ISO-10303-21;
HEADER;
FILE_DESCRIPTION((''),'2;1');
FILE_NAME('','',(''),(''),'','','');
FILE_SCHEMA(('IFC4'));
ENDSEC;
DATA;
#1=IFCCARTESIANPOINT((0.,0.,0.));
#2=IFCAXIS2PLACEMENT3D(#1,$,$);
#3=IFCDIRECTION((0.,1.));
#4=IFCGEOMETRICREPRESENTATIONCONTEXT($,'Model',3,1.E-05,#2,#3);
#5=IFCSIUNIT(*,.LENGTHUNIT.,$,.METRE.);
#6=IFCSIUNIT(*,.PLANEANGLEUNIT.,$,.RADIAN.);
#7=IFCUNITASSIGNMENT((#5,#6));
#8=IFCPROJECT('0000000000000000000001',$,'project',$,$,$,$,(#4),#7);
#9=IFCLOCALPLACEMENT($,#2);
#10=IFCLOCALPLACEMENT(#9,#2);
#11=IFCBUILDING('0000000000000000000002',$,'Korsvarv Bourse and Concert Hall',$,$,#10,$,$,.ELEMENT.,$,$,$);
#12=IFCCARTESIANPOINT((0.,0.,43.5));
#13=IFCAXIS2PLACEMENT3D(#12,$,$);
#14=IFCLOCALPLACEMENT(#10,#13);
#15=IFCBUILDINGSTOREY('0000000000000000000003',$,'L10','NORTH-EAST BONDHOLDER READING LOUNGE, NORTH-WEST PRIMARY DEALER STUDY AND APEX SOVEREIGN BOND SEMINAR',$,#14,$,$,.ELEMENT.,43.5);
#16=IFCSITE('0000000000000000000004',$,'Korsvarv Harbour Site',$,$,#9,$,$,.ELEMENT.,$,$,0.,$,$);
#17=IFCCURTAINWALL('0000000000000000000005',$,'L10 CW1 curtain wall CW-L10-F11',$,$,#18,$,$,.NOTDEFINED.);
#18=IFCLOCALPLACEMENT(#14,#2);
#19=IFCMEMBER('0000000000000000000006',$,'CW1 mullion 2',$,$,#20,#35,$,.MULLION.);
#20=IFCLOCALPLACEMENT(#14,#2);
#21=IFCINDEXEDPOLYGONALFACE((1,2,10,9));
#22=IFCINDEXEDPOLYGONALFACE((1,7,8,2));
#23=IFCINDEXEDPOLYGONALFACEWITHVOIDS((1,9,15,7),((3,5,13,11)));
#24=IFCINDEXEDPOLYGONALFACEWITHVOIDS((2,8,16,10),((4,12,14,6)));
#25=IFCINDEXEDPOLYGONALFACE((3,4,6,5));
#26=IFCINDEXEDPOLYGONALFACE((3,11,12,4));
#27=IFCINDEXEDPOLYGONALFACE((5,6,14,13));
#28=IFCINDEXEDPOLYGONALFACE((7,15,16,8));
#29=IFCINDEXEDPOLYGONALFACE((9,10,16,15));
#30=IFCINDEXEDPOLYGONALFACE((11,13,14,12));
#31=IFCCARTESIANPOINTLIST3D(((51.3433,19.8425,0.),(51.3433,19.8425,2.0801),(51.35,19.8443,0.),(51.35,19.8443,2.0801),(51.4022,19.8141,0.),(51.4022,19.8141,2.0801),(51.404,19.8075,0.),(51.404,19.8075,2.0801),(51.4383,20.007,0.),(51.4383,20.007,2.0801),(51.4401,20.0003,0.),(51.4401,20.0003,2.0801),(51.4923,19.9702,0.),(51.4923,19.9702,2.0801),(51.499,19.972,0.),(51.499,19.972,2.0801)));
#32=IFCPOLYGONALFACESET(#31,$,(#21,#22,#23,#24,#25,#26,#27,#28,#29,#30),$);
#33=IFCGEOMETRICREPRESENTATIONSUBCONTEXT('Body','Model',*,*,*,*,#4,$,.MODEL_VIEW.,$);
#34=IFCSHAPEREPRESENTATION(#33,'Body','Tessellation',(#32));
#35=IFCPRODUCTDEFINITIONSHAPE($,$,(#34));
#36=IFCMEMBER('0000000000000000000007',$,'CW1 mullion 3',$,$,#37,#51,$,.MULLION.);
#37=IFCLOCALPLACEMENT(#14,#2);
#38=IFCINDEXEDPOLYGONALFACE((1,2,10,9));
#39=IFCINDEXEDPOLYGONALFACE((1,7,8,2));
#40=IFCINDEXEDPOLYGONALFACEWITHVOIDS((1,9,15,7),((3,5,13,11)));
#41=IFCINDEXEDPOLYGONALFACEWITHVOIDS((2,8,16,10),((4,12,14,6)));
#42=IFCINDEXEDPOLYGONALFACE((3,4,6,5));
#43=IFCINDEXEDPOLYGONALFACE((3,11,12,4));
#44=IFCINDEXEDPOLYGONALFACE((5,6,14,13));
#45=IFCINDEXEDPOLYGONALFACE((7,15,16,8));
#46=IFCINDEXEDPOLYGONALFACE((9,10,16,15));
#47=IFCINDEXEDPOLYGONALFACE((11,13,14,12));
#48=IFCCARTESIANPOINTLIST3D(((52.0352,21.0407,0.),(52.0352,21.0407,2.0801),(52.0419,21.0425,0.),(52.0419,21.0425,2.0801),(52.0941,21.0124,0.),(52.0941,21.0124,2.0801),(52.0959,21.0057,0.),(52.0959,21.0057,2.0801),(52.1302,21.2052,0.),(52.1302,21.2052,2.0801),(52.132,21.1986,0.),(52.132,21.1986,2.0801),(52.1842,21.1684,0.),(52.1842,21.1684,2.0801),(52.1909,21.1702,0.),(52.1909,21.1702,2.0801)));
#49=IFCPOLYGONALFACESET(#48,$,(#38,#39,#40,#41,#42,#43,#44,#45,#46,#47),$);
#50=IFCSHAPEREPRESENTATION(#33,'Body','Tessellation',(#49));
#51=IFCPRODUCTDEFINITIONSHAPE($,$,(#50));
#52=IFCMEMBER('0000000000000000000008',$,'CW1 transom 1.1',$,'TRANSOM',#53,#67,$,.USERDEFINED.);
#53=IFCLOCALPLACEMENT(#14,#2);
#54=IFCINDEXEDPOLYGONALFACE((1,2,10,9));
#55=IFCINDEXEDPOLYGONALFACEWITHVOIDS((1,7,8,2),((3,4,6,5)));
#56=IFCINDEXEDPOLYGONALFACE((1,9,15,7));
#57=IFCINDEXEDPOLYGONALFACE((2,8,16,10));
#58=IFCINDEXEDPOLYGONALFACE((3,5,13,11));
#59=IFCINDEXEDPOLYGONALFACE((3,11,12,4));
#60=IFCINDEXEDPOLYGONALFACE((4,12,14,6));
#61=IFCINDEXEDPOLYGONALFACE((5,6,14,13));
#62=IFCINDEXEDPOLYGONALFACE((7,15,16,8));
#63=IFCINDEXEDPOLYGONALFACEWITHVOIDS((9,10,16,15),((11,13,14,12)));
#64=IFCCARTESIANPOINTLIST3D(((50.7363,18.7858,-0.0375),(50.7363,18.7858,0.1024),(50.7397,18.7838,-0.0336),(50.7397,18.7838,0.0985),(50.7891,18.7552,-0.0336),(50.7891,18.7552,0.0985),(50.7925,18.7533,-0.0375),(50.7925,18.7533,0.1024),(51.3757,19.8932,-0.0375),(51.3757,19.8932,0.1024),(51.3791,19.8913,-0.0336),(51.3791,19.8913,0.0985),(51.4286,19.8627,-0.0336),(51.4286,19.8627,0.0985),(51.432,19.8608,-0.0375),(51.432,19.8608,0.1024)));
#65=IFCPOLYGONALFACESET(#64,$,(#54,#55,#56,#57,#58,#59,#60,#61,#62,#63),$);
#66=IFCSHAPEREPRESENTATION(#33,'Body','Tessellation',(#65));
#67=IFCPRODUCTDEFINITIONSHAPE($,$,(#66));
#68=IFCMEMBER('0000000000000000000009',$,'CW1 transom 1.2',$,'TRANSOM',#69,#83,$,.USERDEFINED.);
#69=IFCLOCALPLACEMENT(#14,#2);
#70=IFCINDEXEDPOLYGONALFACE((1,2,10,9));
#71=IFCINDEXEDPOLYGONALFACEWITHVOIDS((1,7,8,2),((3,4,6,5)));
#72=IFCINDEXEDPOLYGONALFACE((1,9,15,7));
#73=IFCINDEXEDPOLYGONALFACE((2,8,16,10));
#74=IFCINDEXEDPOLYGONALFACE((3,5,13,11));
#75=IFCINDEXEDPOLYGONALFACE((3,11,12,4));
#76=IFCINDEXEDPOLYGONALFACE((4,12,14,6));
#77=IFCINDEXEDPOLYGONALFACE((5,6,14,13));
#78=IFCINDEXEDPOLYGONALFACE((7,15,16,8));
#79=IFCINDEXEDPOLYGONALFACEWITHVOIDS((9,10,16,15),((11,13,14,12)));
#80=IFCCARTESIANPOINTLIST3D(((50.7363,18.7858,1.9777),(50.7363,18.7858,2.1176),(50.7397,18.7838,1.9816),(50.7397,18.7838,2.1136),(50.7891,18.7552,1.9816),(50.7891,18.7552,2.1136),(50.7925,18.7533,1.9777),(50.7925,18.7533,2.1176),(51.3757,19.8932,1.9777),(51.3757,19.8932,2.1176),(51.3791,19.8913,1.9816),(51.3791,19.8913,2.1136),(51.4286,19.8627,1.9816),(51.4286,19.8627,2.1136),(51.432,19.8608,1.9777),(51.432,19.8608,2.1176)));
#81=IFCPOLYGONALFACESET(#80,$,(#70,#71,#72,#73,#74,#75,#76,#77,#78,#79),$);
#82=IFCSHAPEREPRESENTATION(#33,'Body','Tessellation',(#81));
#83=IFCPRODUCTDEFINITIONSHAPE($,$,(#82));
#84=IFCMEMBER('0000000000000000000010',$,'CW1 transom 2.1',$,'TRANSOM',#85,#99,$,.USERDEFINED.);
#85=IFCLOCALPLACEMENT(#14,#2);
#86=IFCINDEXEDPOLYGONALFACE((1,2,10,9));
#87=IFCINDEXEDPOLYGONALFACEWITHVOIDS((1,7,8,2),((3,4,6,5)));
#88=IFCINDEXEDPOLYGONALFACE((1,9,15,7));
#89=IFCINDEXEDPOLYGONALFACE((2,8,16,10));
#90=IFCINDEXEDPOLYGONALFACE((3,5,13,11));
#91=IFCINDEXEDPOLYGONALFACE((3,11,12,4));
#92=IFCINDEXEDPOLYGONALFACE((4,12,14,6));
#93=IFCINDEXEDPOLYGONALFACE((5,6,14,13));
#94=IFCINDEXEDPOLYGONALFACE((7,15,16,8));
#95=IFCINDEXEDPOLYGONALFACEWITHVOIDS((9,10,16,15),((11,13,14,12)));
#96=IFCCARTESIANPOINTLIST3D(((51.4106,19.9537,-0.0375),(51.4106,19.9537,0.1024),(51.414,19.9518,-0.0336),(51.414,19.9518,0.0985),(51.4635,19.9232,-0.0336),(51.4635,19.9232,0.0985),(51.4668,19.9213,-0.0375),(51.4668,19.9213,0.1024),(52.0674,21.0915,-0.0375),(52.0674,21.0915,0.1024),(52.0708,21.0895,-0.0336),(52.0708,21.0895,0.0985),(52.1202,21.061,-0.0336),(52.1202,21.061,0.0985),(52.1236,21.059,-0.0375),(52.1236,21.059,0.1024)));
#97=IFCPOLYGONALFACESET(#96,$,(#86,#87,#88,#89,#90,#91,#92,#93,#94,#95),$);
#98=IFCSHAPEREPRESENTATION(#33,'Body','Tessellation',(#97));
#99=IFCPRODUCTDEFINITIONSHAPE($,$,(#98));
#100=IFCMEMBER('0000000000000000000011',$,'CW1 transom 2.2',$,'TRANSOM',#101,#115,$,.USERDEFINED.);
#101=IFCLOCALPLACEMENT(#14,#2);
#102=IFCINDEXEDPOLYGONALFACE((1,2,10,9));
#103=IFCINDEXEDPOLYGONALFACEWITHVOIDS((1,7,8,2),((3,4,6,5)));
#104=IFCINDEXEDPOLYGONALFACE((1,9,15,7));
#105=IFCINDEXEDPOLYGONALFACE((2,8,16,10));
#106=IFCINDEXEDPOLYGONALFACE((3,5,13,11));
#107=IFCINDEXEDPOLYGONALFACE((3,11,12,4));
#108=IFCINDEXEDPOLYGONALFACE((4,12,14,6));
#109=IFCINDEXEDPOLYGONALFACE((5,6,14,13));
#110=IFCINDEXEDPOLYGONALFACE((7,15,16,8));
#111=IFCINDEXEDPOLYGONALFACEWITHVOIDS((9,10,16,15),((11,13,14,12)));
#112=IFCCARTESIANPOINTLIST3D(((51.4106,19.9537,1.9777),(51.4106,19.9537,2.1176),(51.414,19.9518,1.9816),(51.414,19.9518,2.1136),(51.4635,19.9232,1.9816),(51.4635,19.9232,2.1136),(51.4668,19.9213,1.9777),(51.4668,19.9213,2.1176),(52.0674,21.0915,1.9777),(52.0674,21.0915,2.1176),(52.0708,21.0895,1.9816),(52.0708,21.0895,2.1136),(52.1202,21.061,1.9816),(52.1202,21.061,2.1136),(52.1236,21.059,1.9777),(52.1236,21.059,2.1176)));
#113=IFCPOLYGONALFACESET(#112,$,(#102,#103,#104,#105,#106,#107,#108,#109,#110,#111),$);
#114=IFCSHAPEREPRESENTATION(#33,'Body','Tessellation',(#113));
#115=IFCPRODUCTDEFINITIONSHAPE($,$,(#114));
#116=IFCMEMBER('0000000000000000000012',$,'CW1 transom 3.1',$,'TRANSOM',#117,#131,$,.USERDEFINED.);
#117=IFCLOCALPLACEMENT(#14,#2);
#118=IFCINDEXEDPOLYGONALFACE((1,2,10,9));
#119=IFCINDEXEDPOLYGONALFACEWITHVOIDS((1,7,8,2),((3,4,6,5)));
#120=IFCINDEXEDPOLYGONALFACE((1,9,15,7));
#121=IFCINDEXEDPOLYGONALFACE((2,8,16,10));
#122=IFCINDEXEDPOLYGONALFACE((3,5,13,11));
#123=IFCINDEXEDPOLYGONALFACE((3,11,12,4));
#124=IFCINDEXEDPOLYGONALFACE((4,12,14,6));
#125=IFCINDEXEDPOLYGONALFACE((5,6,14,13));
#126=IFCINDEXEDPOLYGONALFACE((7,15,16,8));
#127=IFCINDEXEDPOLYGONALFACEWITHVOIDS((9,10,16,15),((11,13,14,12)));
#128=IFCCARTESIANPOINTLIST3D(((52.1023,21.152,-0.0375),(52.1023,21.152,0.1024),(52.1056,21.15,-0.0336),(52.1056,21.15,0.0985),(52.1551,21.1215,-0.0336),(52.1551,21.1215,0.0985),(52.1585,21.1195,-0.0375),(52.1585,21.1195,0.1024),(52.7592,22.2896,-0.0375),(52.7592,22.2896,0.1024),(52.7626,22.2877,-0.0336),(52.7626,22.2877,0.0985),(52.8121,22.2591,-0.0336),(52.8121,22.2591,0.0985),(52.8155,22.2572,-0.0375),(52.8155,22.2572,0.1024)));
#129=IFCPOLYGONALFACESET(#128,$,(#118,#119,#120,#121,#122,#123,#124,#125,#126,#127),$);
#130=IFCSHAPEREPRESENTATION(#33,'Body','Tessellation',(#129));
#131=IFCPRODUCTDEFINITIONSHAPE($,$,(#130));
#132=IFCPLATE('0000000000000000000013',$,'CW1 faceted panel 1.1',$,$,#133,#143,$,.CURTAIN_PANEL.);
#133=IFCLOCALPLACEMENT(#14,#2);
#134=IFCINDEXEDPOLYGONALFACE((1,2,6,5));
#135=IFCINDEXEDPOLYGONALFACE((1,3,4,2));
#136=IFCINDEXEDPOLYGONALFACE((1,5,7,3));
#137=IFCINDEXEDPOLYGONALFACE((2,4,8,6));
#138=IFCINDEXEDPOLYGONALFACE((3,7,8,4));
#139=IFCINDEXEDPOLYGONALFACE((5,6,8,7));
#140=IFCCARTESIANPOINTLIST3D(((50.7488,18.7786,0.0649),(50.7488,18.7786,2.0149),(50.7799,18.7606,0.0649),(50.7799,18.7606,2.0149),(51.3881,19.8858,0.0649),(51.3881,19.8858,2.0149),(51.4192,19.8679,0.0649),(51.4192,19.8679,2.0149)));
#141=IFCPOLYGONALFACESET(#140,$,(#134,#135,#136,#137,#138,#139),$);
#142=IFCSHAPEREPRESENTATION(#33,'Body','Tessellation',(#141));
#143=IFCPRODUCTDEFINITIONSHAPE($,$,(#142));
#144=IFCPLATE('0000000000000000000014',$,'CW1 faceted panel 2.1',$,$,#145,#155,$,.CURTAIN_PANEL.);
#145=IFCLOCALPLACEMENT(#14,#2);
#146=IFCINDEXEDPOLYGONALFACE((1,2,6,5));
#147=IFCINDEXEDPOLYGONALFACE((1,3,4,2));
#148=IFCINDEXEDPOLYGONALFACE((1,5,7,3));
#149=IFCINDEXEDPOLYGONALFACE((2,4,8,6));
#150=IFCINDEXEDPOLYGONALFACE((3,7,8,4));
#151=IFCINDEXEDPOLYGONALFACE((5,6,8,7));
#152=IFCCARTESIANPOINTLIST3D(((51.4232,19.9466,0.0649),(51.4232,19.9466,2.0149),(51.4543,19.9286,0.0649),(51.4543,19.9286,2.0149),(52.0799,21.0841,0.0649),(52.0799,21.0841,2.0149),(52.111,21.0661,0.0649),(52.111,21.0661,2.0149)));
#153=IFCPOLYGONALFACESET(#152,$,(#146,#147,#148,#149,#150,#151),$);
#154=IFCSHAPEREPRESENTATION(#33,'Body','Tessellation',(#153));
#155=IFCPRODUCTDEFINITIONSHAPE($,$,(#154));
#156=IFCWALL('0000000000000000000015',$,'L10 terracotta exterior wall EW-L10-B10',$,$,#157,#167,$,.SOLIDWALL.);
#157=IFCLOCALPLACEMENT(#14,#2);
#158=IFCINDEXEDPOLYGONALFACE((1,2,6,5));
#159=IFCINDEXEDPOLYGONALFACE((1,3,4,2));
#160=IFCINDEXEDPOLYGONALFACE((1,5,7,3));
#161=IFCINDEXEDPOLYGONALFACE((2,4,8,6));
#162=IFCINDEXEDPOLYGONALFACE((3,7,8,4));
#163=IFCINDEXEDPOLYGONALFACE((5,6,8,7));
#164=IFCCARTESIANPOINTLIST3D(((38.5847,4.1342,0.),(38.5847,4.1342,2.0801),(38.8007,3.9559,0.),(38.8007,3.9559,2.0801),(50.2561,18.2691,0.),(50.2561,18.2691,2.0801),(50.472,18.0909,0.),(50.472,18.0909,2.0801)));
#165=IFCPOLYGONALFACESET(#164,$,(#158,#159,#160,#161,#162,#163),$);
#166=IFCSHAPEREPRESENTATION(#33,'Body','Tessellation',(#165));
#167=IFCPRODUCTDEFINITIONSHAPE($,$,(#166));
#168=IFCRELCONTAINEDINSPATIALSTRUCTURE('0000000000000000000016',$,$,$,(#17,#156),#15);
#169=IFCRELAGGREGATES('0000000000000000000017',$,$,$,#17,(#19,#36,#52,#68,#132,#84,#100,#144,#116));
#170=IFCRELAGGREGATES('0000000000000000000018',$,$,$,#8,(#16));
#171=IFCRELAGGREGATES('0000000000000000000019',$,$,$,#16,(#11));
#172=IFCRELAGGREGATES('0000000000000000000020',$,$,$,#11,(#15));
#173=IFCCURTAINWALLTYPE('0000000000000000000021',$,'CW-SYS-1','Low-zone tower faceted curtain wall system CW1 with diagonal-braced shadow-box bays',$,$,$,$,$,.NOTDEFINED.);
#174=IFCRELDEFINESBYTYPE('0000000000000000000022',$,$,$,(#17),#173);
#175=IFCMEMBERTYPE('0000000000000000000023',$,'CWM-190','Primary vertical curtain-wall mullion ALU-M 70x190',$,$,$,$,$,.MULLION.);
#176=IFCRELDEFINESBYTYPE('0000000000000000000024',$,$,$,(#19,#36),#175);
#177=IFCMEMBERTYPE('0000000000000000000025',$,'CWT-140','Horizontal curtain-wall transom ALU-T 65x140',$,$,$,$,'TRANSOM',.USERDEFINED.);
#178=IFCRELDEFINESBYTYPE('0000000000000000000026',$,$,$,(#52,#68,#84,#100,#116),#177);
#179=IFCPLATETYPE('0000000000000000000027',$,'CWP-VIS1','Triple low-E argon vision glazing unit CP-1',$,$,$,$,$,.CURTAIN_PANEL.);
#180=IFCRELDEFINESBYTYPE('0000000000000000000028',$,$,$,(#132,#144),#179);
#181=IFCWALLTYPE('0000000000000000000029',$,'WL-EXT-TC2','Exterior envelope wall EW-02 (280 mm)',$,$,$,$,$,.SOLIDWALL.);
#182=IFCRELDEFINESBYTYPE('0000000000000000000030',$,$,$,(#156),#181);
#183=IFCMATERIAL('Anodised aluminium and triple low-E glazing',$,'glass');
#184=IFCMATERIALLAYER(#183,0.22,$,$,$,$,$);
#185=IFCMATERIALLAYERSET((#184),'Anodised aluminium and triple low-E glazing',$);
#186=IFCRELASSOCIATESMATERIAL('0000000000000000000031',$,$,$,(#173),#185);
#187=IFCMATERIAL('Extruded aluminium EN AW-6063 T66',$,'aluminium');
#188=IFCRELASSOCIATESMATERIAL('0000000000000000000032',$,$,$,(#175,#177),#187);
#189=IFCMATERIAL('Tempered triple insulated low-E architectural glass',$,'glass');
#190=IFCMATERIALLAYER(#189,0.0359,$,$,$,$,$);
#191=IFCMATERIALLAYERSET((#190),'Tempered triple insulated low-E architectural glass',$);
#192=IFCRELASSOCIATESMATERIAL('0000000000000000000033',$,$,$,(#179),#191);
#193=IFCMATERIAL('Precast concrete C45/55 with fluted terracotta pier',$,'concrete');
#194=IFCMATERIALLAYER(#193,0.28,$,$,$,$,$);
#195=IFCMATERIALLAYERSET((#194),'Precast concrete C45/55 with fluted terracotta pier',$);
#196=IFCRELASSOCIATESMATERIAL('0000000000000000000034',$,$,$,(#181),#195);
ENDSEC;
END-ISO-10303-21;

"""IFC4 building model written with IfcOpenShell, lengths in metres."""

from ifc_helpers import new_model, si_unit, direction, frame, frame_2d, origin, origin_2d, place, context, subcontext, project, spatial, rectangle, hollow_rectangle, extrude, source, transform, mapped, material, layer, layer_set, material_profile, profile_set, type_object, element, aggregate, save


model = new_model("IFC4")

# Units and contexts
model_context = context("Model", 3, precision=1e-05, world=origin(), true_north=direction((0.0, 1.0)))
body_context = subcontext(model_context, "Body", "Model", "MODEL_VIEW")
ifc_project = project(units=[si_unit("LENGTHUNIT", "METRE"), si_unit("PLANEANGLEUNIT", "RADIAN")], contexts=[model_context])

# Site, building, storey
site_placement = place(None, origin())
site = spatial("IfcSite", under=ifc_project, at=site_placement, Name="Korsvarv Harbour Site", CompositionType="ELEMENT", RefElevation=0.0)
building_placement = place(site_placement, origin())
building = spatial("IfcBuilding", under=site, at=building_placement, Name="Korsvarv Bourse and Concert Hall", CompositionType="ELEMENT")
storey_placement = place(building_placement, frame((0.0, 0.0, 43.5)))
storey = spatial("IfcBuildingStorey", under=building, at=storey_placement, Name="L10", Description="NORTH-EAST BONDHOLDER READING LOUNGE, NORTH-WEST PRIMARY DEALER STUDY AND APEX SOVEREIGN BOND SEMINAR", CompositionType="ELEMENT", Elevation=43.5)

# Curtain wall, members, plates
ifc_material_1 = material(Name="Anodised aluminium and triple low-E glazing", Category="glass")
ifc_layer_1 = layer(ifc_material_1, 0.22)
ifc_layer_set_1 = layer_set([ifc_layer_1], Name="Anodised aluminium and triple low-E glazing")
curtain_wall_type = type_object("IfcCurtainWallType", Name="CW-SYS-1", Description="Low-zone tower faceted curtain wall system CW1 with diagonal-braced shadow-box bays", PredefinedType="NOTDEFINED", material=ifc_layer_set_1)
curtain_wall_placement = place(storey_placement, origin())
curtain_wall = element("IfcCurtainWall", 1, at=curtain_wall_placement, inside=storey, type_object=curtain_wall_type, Name="L10 CW1 curtain wall CW-L10-F11", PredefinedType="NOTDEFINED")
ifc_material_2 = material(Name="Extruded aluminium EN AW-6063 T66", Category="aluminium")
ifc_material_profile_1 = material_profile(ifc_material_2, hollow_rectangle(XDim=0.0701, YDim=0.1899, WallThickness=0.0049, at=origin_2d()), Name="ALU-M 70x190")
ifc_profile_set_1 = profile_set([ifc_material_profile_1], Name="Extruded aluminium EN AW-6063 T66")
member_type_1 = type_object("IfcMemberType", Name="CWM-190", Description="Primary vertical curtain-wall mullion ALU-M 70x190", PredefinedType="MULLION", material=ifc_profile_set_1)
shared_shape_1 = source(origin(), body_context, "Body", "SweptSolid", [
    extrude(hollow_rectangle(XDim=0.0701, YDim=0.1899, WallThickness=0.0049, at=origin_2d()), origin(), (0.0, 0.0, 1.0), 2.0801),
])
member_1_placement = place(storey_placement, frame((51.4211, 19.9072, 0.0), z_axis=(0.0, 0.0, 1.0), x_axis=(-0.866026, 0.5, 0.0)))
member_1 = element("IfcMember", 2, at=member_1_placement, type_object=member_type_1, Name="CW1 mullion 2", PredefinedType="MULLION", context=body_context, shape_type="MappedRepresentation", body=[
    mapped(shared_shape_1, transform((0.0, 0.0, 0.0), scale=1.0)),
])
member_2_placement = place(storey_placement, frame((52.113, 21.1055, 0.0), z_axis=(0.0, 0.0, 1.0), x_axis=(-0.866026, 0.5, 0.0)))
member_2 = element("IfcMember", 3, at=member_2_placement, type_object=member_type_1, Name="CW1 mullion 3", PredefinedType="MULLION", context=body_context, shape_type="MappedRepresentation", body=[
    mapped(shared_shape_1, transform((0.0, 0.0, 0.0), scale=1.0)),
])
ifc_material_profile_2 = material_profile(ifc_material_2, hollow_rectangle(XDim=0.0649, YDim=0.1399, WallThickness=0.0039, at=origin_2d()), Name="ALU-T 65x140")
ifc_profile_set_2 = profile_set([ifc_material_profile_2], Name="Extruded aluminium EN AW-6063 T66")
member_type_2 = type_object("IfcMemberType", Name="CWT-140", Description="Horizontal curtain-wall transom ALU-T 65x140", ElementType="TRANSOM", PredefinedType="USERDEFINED", material=ifc_profile_set_2)
shared_shape_2 = source(origin(), body_context, "Body", "SweptSolid", [
    extrude(hollow_rectangle(XDim=0.0649, YDim=0.1399, WallThickness=0.0039, at=origin_2d()), origin(), (0.0, 0.0, 1.0), 1.2788),
])
member_3_placement = place(storey_placement, frame((50.7644, 18.7695, 0.0325), z_axis=(0.50002, 0.866014, 0.0), x_axis=(-0.866014, 0.50002, 0.0)))
member_3 = element("IfcMember", 4, at=member_3_placement, type_object=member_type_2, Name="CW1 transom 1.1", ObjectType="TRANSOM", PredefinedType="USERDEFINED", context=body_context, shape_type="MappedRepresentation", body=[
    mapped(shared_shape_2, transform((0.0, 0.0, 0.0), scale=1.0)),
])
member_4_placement = place(storey_placement, frame((50.7644, 18.7695, 2.0476), z_axis=(0.50002, 0.866014, 0.0), x_axis=(-0.866014, 0.50002, 0.0)))
member_4 = element("IfcMember", 5, at=member_4_placement, type_object=member_type_2, Name="CW1 transom 1.2", ObjectType="TRANSOM", PredefinedType="USERDEFINED", context=body_context, shape_type="MappedRepresentation", body=[
    mapped(shared_shape_2, transform((0.0, 0.0, 0.0), scale=1.0)),
])
shared_shape_3 = source(origin(), body_context, "Body", "SweptSolid", [
    extrude(hollow_rectangle(XDim=0.0649, YDim=0.1399, WallThickness=0.0039, at=origin_2d()), origin(), (0.0, 0.0, 1.0), 1.3137),
])
member_5_placement = place(storey_placement, frame((51.4387, 19.9375, 0.0325), z_axis=(0.499937, 0.866062, 0.0), x_axis=(-0.866062, 0.499937, 0.0)))
member_5 = element("IfcMember", 6, at=member_5_placement, type_object=member_type_2, Name="CW1 transom 2.1", ObjectType="TRANSOM", PredefinedType="USERDEFINED", context=body_context, shape_type="MappedRepresentation", body=[
    mapped(shared_shape_3, transform((0.0, 0.0, 0.0), scale=1.0)),
])
member_6_placement = place(storey_placement, frame((51.4387, 19.9375, 2.0476), z_axis=(0.499937, 0.866062, 0.0), x_axis=(-0.866062, 0.499937, 0.0)))
member_6 = element("IfcMember", 7, at=member_6_placement, type_object=member_type_2, Name="CW1 transom 2.2", ObjectType="TRANSOM", PredefinedType="USERDEFINED", context=body_context, shape_type="MappedRepresentation", body=[
    mapped(shared_shape_3, transform((0.0, 0.0, 0.0), scale=1.0)),
])
member_7_placement = place(storey_placement, frame((52.1304, 21.1357, 0.0325), z_axis=(0.500076, 0.865981, 0.0), x_axis=(-0.865981, 0.500076, 0.0)))
member_7 = element("IfcMember", 8, at=member_7_placement, type_object=member_type_2, Name="CW1 transom 3.1", ObjectType="TRANSOM", PredefinedType="USERDEFINED", context=body_context, shape_type="MappedRepresentation", body=[
    mapped(shared_shape_3, transform((0.0, 0.0, 0.0), scale=1.0)),
])
ifc_material_3 = material(Name="Tempered triple insulated low-E architectural glass", Category="glass")
ifc_layer_2 = layer(ifc_material_3, 0.0359)
ifc_layer_set_2 = layer_set([ifc_layer_2], Name="Tempered triple insulated low-E architectural glass")
plate_type = type_object("IfcPlateType", Name="CWP-VIS1", Description="Triple low-E argon vision glazing unit CP-1", PredefinedType="CURTAIN_PANEL", material=ifc_layer_set_2)
shared_shape_4 = source(origin(), body_context, "Body", "SweptSolid", [
    extrude(rectangle(XDim=1.2786, YDim=0.0359, at=origin_2d()), origin(), (0.0, 0.0, 1.0), 1.95),
])
plate_1_placement = place(storey_placement, frame((51.084, 19.3232, 0.0649), z_axis=(0.0, 0.0, 1.0), x_axis=(0.5, 0.866026, 0.0)))
plate_1 = element("IfcPlate", 9, at=plate_1_placement, type_object=plate_type, Name="CW1 faceted panel 1.1", PredefinedType="CURTAIN_PANEL", context=body_context, shape_type="MappedRepresentation", body=[
    mapped(shared_shape_4, transform((0.0, 0.0, 0.0), scale=1.0)),
])
shared_shape_5 = source(origin(), body_context, "Body", "SweptSolid", [
    extrude(rectangle(XDim=1.3135, YDim=0.0359, at=origin_2d()), origin(), (0.0, 0.0, 1.0), 1.95),
])
plate_2_placement = place(storey_placement, frame((51.7671, 20.5063, 0.0649), z_axis=(0.0, 0.0, 1.0), x_axis=(0.5, 0.866026, 0.0)))
plate_2 = element("IfcPlate", 10, at=plate_2_placement, type_object=plate_type, Name="CW1 faceted panel 2.1", PredefinedType="CURTAIN_PANEL", context=body_context, shape_type="MappedRepresentation", body=[
    mapped(shared_shape_5, transform((0.0, 0.0, 0.0), scale=1.0)),
])
aggregate(curtain_wall, [member_1, member_2, member_3, member_4, plate_1, member_5, member_6, plate_2, member_7])

# Wall
ifc_material_4 = material(Name="Precast concrete C45/55 with fluted terracotta pier", Category="concrete")
ifc_layer_3 = layer(ifc_material_4, 0.28)
ifc_layer_set_3 = layer_set([ifc_layer_3], Name="Precast concrete C45/55 with fluted terracotta pier")
wall_type_1 = type_object("IfcWallType", Name="WL-EXT-TC2", Description="Exterior envelope wall EW-02 (280 mm)", PredefinedType="SOLIDWALL", material=ifc_layer_set_3)
wall_1_placement = place(storey_placement, frame((38.6926, 4.0449, 0.0), z_axis=(0.0, 0.0, 1.0), x_axis=(0.636708, 0.771105, 0.0)))
element("IfcWall", 11, at=wall_1_placement, inside=storey, type_object=wall_type_1, Name="L10 terracotta exterior wall EW-L10-B10", PredefinedType="SOLIDWALL", context=body_context, shape_type="SweptSolid", body=[
    extrude(rectangle(XDim=18.3308, YDim=0.28, at=frame_2d((9.1655, 0.0))), origin(), (0.0, 0.0, 1.0), 2.0801),
])

save(model, "model.ifc")
